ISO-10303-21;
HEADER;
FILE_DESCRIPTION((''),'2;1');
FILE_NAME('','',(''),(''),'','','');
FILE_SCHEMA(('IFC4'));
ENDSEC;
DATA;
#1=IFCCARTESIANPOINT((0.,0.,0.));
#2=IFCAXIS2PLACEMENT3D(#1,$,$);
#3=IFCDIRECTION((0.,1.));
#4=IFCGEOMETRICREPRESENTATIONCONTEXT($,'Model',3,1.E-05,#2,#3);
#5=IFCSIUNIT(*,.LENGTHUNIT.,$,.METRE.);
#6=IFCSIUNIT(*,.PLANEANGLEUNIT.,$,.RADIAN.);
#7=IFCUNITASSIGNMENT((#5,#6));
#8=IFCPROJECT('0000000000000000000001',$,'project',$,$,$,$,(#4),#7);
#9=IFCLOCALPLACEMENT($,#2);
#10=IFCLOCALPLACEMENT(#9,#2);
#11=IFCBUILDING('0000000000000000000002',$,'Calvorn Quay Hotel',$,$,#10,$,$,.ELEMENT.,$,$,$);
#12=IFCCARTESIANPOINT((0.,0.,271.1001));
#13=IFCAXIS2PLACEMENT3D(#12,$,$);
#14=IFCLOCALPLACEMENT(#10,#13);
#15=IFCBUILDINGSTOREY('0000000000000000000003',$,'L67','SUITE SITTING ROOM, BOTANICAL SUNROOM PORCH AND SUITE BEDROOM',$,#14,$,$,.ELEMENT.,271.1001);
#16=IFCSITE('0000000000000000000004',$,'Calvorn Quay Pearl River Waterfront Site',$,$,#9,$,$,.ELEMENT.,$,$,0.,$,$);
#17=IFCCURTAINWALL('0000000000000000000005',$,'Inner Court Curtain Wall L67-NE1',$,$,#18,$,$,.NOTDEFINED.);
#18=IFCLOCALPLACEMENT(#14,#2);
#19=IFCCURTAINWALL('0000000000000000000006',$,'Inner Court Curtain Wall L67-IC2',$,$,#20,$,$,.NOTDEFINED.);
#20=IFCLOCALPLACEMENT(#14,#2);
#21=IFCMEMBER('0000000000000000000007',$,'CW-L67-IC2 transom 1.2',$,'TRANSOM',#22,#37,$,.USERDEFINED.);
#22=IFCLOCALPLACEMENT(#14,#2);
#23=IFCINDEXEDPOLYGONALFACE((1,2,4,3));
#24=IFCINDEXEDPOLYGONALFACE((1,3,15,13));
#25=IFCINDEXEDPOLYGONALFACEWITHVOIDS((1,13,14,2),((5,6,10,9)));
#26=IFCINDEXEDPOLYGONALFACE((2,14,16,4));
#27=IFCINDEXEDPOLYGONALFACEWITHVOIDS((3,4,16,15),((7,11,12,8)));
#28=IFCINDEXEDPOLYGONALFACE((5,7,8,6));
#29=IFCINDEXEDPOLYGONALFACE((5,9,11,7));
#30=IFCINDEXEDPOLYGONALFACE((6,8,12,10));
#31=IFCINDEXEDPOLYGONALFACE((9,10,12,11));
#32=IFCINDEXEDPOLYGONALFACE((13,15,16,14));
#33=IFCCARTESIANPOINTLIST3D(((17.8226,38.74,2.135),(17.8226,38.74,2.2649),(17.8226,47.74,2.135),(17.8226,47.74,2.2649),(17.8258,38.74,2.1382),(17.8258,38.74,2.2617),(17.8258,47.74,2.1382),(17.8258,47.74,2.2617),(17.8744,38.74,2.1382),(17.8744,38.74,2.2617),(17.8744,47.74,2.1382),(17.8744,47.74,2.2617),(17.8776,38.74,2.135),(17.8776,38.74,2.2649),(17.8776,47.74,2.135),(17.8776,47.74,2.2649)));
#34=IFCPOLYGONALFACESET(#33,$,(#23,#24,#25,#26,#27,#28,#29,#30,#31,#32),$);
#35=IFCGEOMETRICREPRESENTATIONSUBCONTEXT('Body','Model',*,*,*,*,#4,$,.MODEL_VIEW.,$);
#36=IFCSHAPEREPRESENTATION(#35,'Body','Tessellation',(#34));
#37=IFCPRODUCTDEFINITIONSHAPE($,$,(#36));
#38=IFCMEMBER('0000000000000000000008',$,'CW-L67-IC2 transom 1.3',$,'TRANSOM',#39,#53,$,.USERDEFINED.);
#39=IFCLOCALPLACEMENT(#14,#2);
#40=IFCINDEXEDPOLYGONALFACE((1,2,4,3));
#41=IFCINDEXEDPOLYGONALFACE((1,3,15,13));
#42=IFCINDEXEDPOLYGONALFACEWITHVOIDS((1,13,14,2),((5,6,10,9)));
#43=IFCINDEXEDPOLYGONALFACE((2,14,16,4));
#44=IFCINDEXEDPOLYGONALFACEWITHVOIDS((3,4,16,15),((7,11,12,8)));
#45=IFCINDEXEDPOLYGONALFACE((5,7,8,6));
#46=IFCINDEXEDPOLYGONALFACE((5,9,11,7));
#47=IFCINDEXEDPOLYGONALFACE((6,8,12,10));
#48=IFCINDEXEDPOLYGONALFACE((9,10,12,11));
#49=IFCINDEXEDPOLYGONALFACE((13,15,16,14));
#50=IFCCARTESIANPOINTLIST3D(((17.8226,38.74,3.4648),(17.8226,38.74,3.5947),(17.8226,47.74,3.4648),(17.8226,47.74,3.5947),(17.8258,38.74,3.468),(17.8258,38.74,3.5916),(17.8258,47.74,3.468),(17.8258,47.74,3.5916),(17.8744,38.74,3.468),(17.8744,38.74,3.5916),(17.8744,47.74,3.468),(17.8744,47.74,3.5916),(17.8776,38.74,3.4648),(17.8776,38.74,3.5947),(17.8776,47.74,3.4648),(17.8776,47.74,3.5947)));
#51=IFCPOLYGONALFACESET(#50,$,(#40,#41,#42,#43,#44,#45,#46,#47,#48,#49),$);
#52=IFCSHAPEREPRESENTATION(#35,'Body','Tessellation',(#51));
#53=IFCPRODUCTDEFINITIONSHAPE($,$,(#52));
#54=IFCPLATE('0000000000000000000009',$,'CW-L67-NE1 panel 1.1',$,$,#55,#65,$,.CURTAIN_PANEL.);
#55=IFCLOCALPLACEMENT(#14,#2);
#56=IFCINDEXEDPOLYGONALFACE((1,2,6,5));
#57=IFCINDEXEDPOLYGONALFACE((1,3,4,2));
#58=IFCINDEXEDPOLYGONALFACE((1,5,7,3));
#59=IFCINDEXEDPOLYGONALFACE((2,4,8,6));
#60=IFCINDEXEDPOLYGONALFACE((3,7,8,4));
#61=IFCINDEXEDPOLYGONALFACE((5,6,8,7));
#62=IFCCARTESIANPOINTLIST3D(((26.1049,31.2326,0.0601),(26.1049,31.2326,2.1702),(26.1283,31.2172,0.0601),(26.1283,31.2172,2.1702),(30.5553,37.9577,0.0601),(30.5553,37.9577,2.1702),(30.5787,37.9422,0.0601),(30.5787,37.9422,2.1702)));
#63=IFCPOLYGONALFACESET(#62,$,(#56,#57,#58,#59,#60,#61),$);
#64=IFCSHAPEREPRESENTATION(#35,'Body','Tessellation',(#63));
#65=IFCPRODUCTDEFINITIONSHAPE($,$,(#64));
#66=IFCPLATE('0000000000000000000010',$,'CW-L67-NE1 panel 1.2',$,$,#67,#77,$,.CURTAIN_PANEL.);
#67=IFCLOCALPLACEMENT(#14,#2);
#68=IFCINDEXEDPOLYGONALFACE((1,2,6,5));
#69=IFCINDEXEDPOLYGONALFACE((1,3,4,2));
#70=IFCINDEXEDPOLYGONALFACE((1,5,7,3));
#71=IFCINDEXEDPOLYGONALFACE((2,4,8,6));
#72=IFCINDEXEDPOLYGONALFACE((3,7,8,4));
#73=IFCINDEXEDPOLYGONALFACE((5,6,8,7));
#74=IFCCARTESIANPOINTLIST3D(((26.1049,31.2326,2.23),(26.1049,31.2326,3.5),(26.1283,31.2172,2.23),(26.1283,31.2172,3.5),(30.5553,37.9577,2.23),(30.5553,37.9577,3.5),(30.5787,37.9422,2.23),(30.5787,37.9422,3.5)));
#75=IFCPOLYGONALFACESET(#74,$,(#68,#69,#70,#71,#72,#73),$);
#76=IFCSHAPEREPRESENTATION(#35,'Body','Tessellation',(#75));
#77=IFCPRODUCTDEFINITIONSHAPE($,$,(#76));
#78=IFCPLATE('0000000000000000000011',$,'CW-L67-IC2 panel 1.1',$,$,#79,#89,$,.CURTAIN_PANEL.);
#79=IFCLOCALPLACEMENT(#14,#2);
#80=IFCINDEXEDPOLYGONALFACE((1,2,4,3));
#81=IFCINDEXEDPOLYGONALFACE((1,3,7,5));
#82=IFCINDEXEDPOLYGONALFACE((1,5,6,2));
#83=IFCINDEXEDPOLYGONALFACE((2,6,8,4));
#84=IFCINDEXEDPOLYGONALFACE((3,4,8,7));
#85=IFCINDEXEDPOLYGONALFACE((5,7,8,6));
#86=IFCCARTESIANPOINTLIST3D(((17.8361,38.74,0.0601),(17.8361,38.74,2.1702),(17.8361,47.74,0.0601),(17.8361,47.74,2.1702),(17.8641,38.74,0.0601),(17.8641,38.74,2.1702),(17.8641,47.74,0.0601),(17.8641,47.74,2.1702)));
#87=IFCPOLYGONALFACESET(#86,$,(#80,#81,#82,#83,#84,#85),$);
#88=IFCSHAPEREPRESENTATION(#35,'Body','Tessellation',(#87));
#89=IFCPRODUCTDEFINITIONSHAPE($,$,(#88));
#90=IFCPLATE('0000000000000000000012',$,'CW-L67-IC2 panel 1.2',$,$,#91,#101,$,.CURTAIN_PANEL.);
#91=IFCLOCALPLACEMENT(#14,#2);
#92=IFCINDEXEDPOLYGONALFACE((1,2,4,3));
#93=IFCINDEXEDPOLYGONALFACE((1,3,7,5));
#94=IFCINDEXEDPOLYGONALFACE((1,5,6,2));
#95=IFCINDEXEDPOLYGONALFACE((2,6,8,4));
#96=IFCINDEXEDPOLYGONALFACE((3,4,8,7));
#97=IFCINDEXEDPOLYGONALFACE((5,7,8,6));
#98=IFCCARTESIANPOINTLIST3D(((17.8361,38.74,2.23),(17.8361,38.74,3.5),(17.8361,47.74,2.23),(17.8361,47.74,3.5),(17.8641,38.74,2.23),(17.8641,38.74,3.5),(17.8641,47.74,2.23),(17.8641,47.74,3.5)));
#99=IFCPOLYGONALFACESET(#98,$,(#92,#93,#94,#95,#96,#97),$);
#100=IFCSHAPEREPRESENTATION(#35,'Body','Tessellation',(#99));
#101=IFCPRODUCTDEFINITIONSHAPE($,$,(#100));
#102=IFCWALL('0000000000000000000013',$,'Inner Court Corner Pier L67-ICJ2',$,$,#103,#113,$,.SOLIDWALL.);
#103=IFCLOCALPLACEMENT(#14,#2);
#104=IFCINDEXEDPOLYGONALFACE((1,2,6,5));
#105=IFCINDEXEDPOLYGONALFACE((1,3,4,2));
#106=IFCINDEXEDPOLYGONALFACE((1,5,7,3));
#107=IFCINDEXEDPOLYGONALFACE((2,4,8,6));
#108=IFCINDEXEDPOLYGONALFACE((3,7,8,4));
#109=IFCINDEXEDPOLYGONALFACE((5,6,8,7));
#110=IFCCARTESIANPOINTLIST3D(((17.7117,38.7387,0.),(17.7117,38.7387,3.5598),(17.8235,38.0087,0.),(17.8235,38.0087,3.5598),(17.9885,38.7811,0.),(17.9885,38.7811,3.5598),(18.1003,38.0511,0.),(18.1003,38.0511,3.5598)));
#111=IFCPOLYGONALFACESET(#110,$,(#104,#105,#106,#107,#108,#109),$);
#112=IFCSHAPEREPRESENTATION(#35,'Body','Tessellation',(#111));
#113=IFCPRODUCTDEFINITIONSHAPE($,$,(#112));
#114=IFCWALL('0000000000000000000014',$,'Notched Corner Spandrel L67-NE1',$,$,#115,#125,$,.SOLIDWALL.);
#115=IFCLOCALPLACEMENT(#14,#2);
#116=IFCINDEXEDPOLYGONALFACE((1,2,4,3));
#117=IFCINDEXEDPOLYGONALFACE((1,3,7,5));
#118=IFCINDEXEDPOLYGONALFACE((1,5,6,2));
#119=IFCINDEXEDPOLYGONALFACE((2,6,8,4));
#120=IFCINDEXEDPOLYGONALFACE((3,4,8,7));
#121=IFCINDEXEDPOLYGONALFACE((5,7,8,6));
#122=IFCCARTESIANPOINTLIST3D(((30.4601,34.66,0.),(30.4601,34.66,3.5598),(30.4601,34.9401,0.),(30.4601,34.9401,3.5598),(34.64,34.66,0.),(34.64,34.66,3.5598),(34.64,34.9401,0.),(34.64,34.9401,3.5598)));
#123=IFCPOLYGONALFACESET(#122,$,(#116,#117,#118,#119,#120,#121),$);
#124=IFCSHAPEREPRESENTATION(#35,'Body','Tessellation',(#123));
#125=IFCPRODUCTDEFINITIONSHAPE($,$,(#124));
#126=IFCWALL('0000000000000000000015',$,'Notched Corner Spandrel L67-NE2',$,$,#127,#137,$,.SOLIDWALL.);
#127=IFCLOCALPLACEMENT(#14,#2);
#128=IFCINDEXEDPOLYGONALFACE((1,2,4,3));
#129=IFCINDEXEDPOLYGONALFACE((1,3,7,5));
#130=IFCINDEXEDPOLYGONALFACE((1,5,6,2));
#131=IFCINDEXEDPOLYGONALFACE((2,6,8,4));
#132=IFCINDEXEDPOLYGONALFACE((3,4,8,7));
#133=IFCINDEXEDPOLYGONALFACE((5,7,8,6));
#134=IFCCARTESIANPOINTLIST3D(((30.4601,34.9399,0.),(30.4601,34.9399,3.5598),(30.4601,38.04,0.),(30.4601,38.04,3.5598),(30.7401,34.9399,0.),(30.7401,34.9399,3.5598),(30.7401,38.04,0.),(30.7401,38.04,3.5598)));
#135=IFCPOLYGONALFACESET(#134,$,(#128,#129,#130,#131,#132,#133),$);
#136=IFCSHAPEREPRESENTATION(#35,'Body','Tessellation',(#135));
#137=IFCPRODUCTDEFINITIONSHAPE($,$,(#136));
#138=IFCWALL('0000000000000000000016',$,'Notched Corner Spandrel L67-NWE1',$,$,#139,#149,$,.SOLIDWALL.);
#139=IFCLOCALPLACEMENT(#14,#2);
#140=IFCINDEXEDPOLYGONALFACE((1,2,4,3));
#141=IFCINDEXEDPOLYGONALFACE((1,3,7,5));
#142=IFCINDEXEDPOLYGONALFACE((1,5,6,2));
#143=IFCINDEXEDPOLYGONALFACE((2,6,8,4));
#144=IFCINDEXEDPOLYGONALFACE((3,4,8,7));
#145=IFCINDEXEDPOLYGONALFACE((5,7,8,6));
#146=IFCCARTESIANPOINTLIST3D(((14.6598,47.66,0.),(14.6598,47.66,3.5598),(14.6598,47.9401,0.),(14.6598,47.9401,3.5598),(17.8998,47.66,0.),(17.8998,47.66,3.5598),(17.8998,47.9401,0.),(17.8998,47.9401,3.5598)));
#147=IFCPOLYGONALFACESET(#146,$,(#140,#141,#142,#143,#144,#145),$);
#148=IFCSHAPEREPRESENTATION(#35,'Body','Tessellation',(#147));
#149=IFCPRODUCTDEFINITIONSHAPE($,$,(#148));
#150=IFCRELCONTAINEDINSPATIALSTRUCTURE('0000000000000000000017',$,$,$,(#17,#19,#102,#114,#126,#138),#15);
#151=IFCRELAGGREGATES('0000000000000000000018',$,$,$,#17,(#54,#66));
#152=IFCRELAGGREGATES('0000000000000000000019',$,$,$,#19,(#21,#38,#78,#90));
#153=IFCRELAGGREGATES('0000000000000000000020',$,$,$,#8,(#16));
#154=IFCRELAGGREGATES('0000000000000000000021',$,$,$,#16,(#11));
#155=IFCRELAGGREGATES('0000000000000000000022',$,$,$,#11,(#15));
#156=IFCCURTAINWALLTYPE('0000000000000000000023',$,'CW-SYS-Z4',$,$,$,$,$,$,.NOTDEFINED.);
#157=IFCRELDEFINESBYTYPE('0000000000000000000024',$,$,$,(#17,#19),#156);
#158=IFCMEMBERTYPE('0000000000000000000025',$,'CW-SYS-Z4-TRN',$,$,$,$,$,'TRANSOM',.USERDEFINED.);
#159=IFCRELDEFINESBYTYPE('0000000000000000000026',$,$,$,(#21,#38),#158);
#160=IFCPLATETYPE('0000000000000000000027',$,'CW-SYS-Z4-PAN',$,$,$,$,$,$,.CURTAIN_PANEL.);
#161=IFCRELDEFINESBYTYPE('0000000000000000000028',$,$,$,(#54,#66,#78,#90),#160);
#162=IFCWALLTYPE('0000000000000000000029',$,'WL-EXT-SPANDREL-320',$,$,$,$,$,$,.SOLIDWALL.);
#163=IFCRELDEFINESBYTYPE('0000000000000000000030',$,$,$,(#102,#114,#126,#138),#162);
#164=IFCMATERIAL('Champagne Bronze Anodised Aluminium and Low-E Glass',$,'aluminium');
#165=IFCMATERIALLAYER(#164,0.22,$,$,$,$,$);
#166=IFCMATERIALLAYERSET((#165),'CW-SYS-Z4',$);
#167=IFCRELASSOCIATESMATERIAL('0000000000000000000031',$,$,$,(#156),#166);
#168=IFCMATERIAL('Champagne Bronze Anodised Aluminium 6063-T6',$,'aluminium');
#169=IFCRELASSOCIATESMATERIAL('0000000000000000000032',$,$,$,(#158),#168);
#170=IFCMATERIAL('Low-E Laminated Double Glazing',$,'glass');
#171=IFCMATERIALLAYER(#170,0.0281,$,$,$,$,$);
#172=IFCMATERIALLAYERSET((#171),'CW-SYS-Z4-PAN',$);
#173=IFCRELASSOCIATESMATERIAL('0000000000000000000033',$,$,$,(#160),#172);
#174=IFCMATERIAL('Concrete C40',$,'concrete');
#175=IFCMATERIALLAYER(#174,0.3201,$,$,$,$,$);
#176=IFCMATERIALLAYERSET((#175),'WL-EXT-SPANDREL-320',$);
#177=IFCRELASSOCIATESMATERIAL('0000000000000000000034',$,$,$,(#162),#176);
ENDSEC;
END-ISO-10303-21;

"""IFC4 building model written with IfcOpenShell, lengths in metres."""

from ifc_helpers import new_model, si_unit, direction, frame, frame_2d, origin, origin_2d, place, context, subcontext, project, spatial, rectangle, hollow_rectangle, extrude, material, layer, layer_set, material_profile, profile_set, type_object, element, aggregate, save


model = new_model("IFC4")

# Units and contexts
model_context = context("Model", 3, precision=1e-05, world=origin(), true_north=direction((0.0, 1.0)))
body_context = subcontext(model_context, "Body", "Model", "MODEL_VIEW")
ifc_project = project(units=[si_unit("LENGTHUNIT", "METRE"), si_unit("PLANEANGLEUNIT", "RADIAN")], contexts=[model_context])

# Site, building, storey
site_placement = place(None, origin())
site = spatial("IfcSite", under=ifc_project, at=site_placement, Name="Calvorn Quay Pearl River Waterfront Site", CompositionType="ELEMENT", RefElevation=0.0)
building_placement = place(site_placement, origin())
building = spatial("IfcBuilding", under=site, at=building_placement, Name="Calvorn Quay Hotel", CompositionType="ELEMENT")
storey_placement = place(building_placement, frame((0.0, 0.0, 271.1001)))
storey = spatial("IfcBuildingStorey", under=building, at=storey_placement, Name="L67", Description="SUITE SITTING ROOM, BOTANICAL SUNROOM PORCH AND SUITE BEDROOM", CompositionType="ELEMENT", Elevation=271.1001)

# Curtain walls
ifc_material_1 = material(Name="Champagne Bronze Anodised Aluminium and Low-E Glass", Category="aluminium")
ifc_layer_1 = layer(ifc_material_1, 0.22)
ifc_layer_set_1 = layer_set([ifc_layer_1], Name="CW-SYS-Z4")
curtain_wall_type = type_object("IfcCurtainWallType", Name="CW-SYS-Z4", PredefinedType="NOTDEFINED", material=ifc_layer_set_1)
curtain_wall_1_placement = place(storey_placement, origin())
curtain_wall_1 = element("IfcCurtainWall", 1, at=curtain_wall_1_placement, inside=storey, type_object=curtain_wall_type, Name="Inner Court Curtain Wall L67-NE1", PredefinedType="NOTDEFINED")
curtain_wall_2_placement = place(storey_placement, origin())
curtain_wall_2 = element("IfcCurtainWall", 2, at=curtain_wall_2_placement, inside=storey, type_object=curtain_wall_type, Name="Inner Court Curtain Wall L67-IC2", PredefinedType="NOTDEFINED")

# Members
ifc_material_2 = material(Name="Champagne Bronze Anodised Aluminium 6063-T6", Category="aluminium")
ifc_material_profile_1 = material_profile(ifc_material_2, hollow_rectangle(XDim=0.0549, YDim=0.1299, WallThickness=0.0032, at=origin_2d()), Name="ALU-T130x55x3.2")
ifc_profile_set_1 = profile_set([ifc_material_profile_1], Name="Champagne Bronze Anodised Aluminium 6063-T6")
member_type_1 = type_object("IfcMemberType", Name="CW-SYS-Z4-TRN", ElementType="TRANSOM", PredefinedType="USERDEFINED", material=ifc_profile_set_1)
member_1_placement = place(storey_placement, frame((17.8501, 38.74, 2.2), z_axis=(0.0, 1.0, 0.0), x_axis=(-1.0, 0.0, 0.0)))
member_1 = element("IfcMember", 3, at=member_1_placement, type_object=member_type_1, Name="CW-L67-IC2 transom 1.2", ObjectType="TRANSOM", PredefinedType="USERDEFINED", context=body_context, shape_type="SweptSolid", body=[
    extrude(hollow_rectangle(XDim=0.0549, YDim=0.1299, WallThickness=0.0032, at=origin_2d()), origin(), (0.0, 0.0, 1.0), 9.0),
])
member_2_placement = place(storey_placement, frame((17.8501, 38.74, 3.5298), z_axis=(0.0, 1.0, 0.0), x_axis=(-1.0, 0.0, 0.0)))
member_2 = element("IfcMember", 4, at=member_2_placement, type_object=member_type_1, Name="CW-L67-IC2 transom 1.3", ObjectType="TRANSOM", PredefinedType="USERDEFINED", context=body_context, shape_type="SweptSolid", body=[
    extrude(hollow_rectangle(XDim=0.0549, YDim=0.1299, WallThickness=0.0032, at=origin_2d()), origin(), (0.0, 0.0, 1.0), 9.0),
])

# Plates
ifc_material_3 = material(Name="Low-E Laminated Double Glazing", Category="glass")
ifc_layer_2 = layer(ifc_material_3, 0.0281)
ifc_layer_set_2 = layer_set([ifc_layer_2], Name="CW-SYS-Z4-PAN")
plate_type = type_object("IfcPlateType", Name="CW-SYS-Z4-PAN", PredefinedType="CURTAIN_PANEL", material=ifc_layer_set_2)
plate_1_placement = place(storey_placement, frame((28.3418, 34.5874, 0.0601), z_axis=(0.0, 0.0, 1.0), x_axis=(-0.551867, -0.833932, 0.0)))
plate_1 = element("IfcPlate", 5, at=plate_1_placement, type_object=plate_type, Name="CW-L67-NE1 panel 1.1", PredefinedType="CURTAIN_PANEL", context=body_context, shape_type="SweptSolid", body=[
    extrude(rectangle(XDim=8.0642, YDim=0.0281, at=origin_2d()), origin(), (0.0, 0.0, 1.0), 2.1101),
])
plate_2_placement = place(storey_placement, frame((28.3418, 34.5874, 2.23), z_axis=(0.0, 0.0, 1.0), x_axis=(-0.551867, -0.833932, 0.0)))
plate_2 = element("IfcPlate", 6, at=plate_2_placement, type_object=plate_type, Name="CW-L67-NE1 panel 1.2", PredefinedType="CURTAIN_PANEL", context=body_context, shape_type="SweptSolid", body=[
    extrude(rectangle(XDim=8.0642, YDim=0.0281, at=origin_2d()), origin(), (0.0, 0.0, 1.0), 1.27),
])
aggregate(curtain_wall_1, [plate_1, plate_2])
plate_3_placement = place(storey_placement, frame((17.8501, 43.24, 0.0601), z_axis=(0.0, 0.0, 1.0), x_axis=(0.0, 1.0, 0.0)))
plate_3 = element("IfcPlate", 7, at=plate_3_placement, type_object=plate_type, Name="CW-L67-IC2 panel 1.1", PredefinedType="CURTAIN_PANEL", context=body_context, shape_type="SweptSolid", body=[
    extrude(rectangle(XDim=9.0, YDim=0.0281, at=origin_2d()), origin(), (0.0, 0.0, 1.0), 2.1101),
])
plate_4_placement = place(storey_placement, frame((17.8501, 43.24, 2.23), z_axis=(0.0, 0.0, 1.0), x_axis=(0.0, 1.0, 0.0)))
plate_4 = element("IfcPlate", 8, at=plate_4_placement, type_object=plate_type, Name="CW-L67-IC2 panel 1.2", PredefinedType="CURTAIN_PANEL", context=body_context, shape_type="SweptSolid", body=[
    extrude(rectangle(XDim=9.0, YDim=0.0281, at=origin_2d()), origin(), (0.0, 0.0, 1.0), 1.27),
])
aggregate(curtain_wall_2, [member_1, member_2, plate_3, plate_4])

# Walls
ifc_material_4 = material(Name="Concrete C40", Category="concrete")
ifc_layer_3 = layer(ifc_material_4, 0.3201)
ifc_layer_set_3 = layer_set([ifc_layer_3], Name="WL-EXT-SPANDREL-320")
wall_type = type_object("IfcWallType", Name="WL-EXT-SPANDREL-320", PredefinedType="SOLIDWALL", material=ifc_layer_set_3)
wall_1_placement = place(storey_placement, frame((17.9619, 38.03, 0.0), z_axis=(0.0, 0.0, 1.0), x_axis=(-0.151411, 0.988471, 0.0)))
element("IfcWall", 9, at=wall_1_placement, inside=storey, type_object=wall_type, Name="Inner Court Corner Pier L67-ICJ2", PredefinedType="SOLIDWALL", context=body_context, shape_type="SweptSolid", body=[
    extrude(rectangle(XDim=0.7385, YDim=0.28, at=frame_2d((0.3691, 0.0))), origin(), (0.0, 0.0, 1.0), 3.5598),
])
wall_2_placement = place(storey_placement, frame((34.6399, 34.8, 0.0), z_axis=(0.0, 0.0, 1.0), x_axis=(-1.0, 0.0, 0.0)))
element("IfcWall", 10, at=wall_2_placement, inside=storey, type_object=wall_type, Name="Notched Corner Spandrel L67-NE1", PredefinedType="SOLIDWALL", context=body_context, shape_type="SweptSolid", body=[
    extrude(rectangle(XDim=4.1799, YDim=0.28, at=frame_2d((2.0898, 0.0))), origin(), (0.0, 0.0, 1.0), 3.5598),
])
wall_3_placement = place(storey_placement, frame((30.6001, 34.9399, 0.0), z_axis=(0.0, 0.0, 1.0), x_axis=(0.0, 1.0, 0.0)))
element("IfcWall", 11, at=wall_3_placement, inside=storey, type_object=wall_type, Name="Notched Corner Spandrel L67-NE2", PredefinedType="SOLIDWALL", context=body_context, shape_type="SweptSolid", body=[
    extrude(rectangle(XDim=3.1001, YDim=0.28, at=frame_2d((1.55, 0.0))), origin(), (0.0, 0.0, 1.0), 3.5598),
])
wall_4_placement = place(storey_placement, frame((17.8999, 47.8, 0.0), z_axis=(0.0, 0.0, 1.0), x_axis=(-1.0, 0.0, 0.0)))
element("IfcWall", 12, at=wall_4_placement, inside=storey, type_object=wall_type, Name="Notched Corner Spandrel L67-NWE1", PredefinedType="SOLIDWALL", context=body_context, shape_type="SweptSolid", body=[
    extrude(rectangle(XDim=3.24, YDim=0.28, at=frame_2d((1.6201, 0.0))), origin(), (0.0, 0.0, 1.0), 3.5598),
])

save(model, "model.ifc")
